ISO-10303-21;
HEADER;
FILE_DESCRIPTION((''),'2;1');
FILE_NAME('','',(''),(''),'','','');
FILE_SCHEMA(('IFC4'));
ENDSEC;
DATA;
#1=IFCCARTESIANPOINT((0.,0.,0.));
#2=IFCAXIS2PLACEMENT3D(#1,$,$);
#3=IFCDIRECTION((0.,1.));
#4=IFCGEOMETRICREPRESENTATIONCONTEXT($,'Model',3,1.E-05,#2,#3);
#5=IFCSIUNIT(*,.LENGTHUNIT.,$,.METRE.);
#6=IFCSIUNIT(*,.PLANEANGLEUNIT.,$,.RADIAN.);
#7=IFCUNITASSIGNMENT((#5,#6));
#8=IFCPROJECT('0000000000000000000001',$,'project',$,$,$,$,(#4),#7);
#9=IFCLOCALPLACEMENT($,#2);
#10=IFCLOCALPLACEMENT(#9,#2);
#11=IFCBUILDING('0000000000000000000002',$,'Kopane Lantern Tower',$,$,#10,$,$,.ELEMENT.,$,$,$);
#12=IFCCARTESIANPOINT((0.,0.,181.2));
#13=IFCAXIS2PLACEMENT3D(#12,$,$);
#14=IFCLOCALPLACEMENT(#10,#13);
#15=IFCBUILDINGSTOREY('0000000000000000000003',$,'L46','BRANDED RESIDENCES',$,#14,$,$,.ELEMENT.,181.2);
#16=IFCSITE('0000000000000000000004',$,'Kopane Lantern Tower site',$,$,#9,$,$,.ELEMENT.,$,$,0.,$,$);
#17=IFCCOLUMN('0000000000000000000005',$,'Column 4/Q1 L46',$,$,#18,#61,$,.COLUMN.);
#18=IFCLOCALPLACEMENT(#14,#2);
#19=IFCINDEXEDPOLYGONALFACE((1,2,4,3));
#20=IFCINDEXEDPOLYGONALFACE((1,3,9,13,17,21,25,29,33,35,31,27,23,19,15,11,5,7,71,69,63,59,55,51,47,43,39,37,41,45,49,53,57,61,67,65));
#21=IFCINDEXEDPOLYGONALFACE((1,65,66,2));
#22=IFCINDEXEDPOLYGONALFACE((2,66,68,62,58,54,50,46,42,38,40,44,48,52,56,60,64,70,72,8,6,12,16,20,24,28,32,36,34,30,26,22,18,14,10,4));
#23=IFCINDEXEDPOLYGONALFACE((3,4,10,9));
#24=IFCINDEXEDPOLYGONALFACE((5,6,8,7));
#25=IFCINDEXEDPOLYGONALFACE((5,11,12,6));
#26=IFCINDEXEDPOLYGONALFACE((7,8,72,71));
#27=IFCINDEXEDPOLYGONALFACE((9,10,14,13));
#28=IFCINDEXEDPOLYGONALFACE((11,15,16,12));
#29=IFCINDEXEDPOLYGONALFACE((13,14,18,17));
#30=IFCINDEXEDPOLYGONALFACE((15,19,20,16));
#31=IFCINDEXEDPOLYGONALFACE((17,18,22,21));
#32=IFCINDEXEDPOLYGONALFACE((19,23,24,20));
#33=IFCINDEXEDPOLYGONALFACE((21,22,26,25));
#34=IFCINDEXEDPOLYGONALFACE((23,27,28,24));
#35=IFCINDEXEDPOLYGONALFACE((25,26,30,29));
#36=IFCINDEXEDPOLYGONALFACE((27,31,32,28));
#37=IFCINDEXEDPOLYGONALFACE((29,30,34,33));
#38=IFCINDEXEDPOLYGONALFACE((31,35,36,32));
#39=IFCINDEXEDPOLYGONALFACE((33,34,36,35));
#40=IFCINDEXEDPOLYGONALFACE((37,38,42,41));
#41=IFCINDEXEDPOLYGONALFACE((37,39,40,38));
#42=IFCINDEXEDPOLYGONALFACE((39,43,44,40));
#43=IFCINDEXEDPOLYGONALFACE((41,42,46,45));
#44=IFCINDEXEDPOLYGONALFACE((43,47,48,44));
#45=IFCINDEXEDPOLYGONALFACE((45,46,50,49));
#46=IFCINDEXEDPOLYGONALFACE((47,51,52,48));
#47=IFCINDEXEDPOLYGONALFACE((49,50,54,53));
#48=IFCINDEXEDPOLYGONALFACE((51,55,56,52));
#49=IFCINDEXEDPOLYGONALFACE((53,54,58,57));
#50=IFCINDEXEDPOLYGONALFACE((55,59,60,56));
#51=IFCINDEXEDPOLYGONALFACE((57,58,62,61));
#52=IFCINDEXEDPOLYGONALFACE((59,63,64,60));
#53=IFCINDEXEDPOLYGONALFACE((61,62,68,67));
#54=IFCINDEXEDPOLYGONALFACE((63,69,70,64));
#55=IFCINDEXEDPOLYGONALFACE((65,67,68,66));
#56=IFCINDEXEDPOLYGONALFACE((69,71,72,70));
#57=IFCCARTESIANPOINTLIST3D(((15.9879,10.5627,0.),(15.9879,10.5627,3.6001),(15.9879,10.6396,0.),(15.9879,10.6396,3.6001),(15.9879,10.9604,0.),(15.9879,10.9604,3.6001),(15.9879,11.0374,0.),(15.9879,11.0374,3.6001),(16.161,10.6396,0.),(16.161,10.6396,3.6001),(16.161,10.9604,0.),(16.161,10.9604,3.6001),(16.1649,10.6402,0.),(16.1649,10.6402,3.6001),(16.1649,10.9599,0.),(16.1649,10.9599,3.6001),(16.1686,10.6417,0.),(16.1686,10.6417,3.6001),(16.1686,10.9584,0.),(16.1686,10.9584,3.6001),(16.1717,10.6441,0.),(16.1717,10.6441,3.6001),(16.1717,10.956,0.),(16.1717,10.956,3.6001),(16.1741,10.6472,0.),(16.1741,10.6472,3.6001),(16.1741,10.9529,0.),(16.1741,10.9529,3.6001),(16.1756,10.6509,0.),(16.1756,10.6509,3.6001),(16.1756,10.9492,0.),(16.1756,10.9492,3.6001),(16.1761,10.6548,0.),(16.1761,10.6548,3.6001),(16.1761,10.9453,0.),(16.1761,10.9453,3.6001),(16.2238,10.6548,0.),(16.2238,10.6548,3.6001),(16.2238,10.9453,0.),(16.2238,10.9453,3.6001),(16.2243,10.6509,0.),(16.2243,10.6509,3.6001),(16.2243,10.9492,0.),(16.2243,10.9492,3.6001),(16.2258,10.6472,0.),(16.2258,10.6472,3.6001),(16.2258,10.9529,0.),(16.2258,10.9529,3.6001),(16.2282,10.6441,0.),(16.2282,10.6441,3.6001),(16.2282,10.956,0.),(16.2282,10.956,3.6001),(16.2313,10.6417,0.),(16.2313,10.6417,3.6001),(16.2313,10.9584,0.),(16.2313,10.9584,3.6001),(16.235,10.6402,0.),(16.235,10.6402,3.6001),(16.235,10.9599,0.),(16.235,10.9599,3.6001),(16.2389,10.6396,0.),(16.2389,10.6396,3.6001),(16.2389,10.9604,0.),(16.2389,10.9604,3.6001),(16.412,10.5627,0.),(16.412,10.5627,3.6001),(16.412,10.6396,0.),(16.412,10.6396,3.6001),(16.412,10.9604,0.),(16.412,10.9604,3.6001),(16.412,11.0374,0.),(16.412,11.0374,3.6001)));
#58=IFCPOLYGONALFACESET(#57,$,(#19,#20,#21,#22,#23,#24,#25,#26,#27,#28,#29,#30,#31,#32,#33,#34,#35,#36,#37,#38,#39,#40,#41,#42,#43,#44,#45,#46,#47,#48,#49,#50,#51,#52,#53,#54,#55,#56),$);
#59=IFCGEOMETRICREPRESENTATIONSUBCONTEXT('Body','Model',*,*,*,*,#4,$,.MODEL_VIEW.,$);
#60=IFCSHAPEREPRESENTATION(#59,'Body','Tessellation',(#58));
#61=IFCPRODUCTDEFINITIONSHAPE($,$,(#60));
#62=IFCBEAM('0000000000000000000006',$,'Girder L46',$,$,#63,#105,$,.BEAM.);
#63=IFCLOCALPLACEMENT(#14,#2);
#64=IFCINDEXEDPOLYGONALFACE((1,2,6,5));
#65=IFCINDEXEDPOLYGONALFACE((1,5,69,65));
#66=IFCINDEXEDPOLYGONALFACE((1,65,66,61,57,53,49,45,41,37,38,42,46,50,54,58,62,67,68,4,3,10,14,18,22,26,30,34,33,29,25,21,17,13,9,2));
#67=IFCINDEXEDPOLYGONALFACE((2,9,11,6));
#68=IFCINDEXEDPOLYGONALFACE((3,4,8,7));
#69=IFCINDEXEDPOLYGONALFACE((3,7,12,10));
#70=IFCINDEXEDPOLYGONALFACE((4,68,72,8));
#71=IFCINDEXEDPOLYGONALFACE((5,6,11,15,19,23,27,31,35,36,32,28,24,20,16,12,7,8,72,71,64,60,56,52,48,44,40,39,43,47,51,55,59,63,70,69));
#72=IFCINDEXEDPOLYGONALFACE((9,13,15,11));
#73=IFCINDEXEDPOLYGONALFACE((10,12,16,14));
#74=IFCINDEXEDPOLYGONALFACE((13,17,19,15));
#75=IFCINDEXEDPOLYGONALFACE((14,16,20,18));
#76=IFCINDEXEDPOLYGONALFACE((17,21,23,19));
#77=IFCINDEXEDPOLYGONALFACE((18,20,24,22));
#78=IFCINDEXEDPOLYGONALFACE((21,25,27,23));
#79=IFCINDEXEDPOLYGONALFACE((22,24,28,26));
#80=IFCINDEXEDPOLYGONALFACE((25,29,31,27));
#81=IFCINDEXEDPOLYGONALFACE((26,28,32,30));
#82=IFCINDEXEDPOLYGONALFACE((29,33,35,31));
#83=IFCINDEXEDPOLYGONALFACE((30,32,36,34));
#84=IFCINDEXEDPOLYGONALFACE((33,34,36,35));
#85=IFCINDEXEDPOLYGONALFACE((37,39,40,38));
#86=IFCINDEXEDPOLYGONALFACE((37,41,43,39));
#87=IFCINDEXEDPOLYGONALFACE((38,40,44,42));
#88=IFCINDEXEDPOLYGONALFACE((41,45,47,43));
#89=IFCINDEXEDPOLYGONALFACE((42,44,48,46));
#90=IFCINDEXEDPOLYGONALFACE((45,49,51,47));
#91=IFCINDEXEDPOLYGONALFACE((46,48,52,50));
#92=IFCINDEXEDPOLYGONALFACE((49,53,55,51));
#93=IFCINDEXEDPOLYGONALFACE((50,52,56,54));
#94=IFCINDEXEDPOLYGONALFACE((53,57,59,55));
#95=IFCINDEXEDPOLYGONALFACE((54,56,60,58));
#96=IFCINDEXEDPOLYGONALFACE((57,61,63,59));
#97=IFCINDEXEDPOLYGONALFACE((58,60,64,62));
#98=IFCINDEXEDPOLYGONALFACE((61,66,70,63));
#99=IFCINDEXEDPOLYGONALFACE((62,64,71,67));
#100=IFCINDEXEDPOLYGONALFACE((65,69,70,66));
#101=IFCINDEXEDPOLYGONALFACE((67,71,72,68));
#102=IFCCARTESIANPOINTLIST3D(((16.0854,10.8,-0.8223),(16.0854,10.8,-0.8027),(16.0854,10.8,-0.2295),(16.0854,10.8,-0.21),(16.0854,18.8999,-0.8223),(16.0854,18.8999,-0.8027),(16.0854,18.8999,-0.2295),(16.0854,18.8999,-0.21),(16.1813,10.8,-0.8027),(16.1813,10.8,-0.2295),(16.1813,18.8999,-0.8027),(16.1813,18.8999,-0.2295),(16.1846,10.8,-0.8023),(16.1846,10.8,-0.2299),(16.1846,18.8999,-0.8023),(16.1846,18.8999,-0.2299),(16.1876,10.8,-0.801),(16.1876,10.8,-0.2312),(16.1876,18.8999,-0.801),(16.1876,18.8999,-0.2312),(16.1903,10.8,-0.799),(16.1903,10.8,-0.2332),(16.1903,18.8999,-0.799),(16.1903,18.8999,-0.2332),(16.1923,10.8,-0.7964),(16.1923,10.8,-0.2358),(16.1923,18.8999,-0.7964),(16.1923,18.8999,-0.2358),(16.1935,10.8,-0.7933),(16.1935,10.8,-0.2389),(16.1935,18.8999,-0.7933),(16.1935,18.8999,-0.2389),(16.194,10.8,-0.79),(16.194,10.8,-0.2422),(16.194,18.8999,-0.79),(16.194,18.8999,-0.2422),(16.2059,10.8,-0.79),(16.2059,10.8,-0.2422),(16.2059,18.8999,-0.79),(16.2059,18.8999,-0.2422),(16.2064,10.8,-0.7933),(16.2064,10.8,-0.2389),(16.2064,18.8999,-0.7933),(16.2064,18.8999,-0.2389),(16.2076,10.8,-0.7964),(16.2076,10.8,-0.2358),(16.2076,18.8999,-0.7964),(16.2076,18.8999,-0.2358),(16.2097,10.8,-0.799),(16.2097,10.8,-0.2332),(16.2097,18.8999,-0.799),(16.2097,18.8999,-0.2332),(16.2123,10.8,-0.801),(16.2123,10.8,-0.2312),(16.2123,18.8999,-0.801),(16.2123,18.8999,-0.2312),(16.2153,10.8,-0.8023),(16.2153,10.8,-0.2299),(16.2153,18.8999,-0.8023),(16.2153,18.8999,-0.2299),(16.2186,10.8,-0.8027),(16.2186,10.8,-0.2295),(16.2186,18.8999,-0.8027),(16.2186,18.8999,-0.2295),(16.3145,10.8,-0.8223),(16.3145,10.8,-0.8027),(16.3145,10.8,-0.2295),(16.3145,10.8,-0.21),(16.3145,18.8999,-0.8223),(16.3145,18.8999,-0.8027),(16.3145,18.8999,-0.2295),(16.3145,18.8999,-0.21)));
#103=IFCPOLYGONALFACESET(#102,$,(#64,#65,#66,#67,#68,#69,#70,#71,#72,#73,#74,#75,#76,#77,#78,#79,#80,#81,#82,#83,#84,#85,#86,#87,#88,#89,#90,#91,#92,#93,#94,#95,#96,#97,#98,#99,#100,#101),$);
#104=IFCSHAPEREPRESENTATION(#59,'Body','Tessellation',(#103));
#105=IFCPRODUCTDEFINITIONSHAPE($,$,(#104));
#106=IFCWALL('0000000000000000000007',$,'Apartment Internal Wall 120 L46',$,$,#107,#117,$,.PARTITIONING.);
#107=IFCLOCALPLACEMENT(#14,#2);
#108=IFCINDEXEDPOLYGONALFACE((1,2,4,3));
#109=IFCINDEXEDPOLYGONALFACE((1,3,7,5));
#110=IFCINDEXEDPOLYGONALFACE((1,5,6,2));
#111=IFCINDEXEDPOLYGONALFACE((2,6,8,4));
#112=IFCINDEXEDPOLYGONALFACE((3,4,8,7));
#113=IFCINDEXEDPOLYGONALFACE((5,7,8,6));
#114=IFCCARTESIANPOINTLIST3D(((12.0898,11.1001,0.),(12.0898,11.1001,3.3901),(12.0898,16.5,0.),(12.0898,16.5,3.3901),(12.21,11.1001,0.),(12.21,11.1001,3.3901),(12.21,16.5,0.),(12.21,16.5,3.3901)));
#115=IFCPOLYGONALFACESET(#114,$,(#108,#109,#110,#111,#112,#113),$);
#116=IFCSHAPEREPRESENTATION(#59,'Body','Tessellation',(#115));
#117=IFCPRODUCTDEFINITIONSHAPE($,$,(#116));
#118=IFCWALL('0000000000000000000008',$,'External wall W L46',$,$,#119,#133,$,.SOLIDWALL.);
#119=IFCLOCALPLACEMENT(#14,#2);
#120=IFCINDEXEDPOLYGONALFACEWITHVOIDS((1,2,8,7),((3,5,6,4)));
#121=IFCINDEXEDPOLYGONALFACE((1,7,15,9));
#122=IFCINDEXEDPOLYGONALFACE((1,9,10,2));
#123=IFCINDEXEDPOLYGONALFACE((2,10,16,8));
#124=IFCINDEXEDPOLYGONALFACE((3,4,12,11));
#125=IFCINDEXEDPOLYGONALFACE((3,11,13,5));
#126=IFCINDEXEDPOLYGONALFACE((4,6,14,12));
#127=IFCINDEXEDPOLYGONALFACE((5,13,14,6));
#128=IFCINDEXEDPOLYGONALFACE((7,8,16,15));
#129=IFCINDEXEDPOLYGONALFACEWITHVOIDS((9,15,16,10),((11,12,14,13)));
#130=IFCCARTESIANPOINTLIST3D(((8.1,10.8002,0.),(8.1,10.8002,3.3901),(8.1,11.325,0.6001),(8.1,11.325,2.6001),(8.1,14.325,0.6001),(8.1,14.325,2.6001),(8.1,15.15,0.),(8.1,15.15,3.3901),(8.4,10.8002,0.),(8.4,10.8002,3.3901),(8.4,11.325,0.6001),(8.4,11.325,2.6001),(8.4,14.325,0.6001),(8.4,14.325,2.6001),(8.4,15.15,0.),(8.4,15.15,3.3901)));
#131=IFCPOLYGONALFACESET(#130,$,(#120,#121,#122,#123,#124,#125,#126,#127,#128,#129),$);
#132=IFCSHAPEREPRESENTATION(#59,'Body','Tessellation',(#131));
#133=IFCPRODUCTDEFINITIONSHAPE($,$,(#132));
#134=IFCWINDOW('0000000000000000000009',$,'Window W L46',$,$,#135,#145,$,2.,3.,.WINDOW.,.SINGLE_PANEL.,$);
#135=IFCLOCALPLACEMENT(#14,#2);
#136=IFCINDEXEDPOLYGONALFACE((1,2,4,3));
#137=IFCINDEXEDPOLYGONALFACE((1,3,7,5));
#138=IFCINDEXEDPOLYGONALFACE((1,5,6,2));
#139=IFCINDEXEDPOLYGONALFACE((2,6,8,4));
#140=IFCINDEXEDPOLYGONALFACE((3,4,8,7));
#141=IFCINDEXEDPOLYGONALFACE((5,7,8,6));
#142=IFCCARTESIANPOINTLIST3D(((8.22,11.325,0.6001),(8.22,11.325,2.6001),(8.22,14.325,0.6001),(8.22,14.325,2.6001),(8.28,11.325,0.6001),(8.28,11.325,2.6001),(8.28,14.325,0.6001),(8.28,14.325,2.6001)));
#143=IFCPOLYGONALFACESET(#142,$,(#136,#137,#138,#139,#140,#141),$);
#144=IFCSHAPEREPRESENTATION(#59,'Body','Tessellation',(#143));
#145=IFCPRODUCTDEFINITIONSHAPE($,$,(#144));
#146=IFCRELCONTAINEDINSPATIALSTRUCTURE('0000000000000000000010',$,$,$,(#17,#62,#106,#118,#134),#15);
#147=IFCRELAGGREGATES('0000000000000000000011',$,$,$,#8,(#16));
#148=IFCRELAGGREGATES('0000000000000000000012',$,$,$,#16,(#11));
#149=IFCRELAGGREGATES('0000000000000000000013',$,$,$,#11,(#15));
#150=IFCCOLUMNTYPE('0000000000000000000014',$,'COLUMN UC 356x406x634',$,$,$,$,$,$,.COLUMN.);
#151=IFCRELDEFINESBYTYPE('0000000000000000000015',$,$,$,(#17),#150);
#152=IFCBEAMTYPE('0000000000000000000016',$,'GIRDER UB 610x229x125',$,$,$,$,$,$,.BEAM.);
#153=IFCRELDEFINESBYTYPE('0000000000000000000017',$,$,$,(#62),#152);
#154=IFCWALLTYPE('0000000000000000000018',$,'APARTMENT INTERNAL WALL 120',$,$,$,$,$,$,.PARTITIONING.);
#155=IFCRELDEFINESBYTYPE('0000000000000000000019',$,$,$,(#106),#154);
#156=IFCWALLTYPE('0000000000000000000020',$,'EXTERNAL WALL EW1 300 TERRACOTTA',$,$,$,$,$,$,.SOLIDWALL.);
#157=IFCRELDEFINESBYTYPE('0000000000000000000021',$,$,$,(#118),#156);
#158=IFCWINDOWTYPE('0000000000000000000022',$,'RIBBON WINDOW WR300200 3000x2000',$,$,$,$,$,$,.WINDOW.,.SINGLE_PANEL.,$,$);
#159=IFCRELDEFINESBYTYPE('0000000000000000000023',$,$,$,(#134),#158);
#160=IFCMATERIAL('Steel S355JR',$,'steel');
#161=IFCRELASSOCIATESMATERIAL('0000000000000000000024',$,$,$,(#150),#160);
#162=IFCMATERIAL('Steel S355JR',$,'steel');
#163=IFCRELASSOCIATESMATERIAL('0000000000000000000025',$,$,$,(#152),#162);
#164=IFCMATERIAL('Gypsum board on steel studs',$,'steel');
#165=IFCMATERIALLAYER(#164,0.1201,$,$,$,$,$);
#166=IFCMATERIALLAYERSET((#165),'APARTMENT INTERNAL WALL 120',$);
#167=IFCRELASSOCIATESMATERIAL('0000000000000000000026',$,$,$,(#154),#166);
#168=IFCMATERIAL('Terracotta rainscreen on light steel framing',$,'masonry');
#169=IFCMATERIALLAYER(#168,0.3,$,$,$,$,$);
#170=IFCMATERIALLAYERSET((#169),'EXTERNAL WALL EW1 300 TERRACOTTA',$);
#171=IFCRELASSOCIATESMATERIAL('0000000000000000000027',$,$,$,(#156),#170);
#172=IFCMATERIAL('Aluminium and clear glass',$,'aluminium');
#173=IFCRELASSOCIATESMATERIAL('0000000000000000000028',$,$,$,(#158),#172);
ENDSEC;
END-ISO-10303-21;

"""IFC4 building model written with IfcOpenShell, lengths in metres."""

from ifc_helpers import new_model, si_unit, direction, frame, frame_2d, origin, origin_2d, place, context, subcontext, project, spatial, rectangle, i_section, extrude, material, layer, layer_set, material_profile, profile_set, type_object, element, fill, save


model = new_model("IFC4")

# Units and contexts
model_context = context("Model", 3, precision=1e-05, world=origin(), true_north=direction((0.0, 1.0)))
body_context = subcontext(model_context, "Body", "Model", "MODEL_VIEW")
ifc_project = project(units=[si_unit("LENGTHUNIT", "METRE"), si_unit("PLANEANGLEUNIT", "RADIAN")], contexts=[model_context])

# Site, building, storey
site_placement = place(None, origin())
site = spatial("IfcSite", under=ifc_project, at=site_placement, Name="Kopane Lantern Tower site", CompositionType="ELEMENT", RefElevation=0.0)
building_placement = place(site_placement, origin())
building = spatial("IfcBuilding", under=site, at=building_placement, Name="Kopane Lantern Tower", CompositionType="ELEMENT")
storey_placement = place(building_placement, frame((0.0, 0.0, 181.2)))
storey = spatial("IfcBuildingStorey", under=building, at=storey_placement, Name="L46", Description="BRANDED RESIDENCES", CompositionType="ELEMENT", Elevation=181.2)

# Column
ifc_material_1 = material(Name="Steel S355JR", Category="steel")
ifc_material_profile_1 = material_profile(ifc_material_1, i_section(OverallWidth=0.4241, OverallDepth=0.4746, WebThickness=0.0476, FlangeThickness=0.0769, FilletRadius=0.0151, at=origin_2d()), Name="UC 356x406x634")
ifc_profile_set_1 = profile_set([ifc_material_profile_1], Name="Steel S355JR")
column_type = type_object("IfcColumnType", Name="COLUMN UC 356x406x634", PredefinedType="COLUMN", material=ifc_profile_set_1)
column_placement = place(storey_placement, frame((16.2, 10.8, 0.0), z_axis=(0.0, 0.0, 1.0), x_axis=(1.0, 0.0, 0.0)))
element("IfcColumn", 1, at=column_placement, inside=storey, type_object=column_type, Name="Column 4/Q1 L46", PredefinedType="COLUMN", context=body_context, shape_type="SweptSolid", body=[
    extrude(i_section(OverallWidth=0.4241, OverallDepth=0.4746, WebThickness=0.0476, FlangeThickness=0.0769, FilletRadius=0.0151, at=origin_2d()), origin(), (0.0, 0.0, 1.0), 3.6001),
])

# Beam
ifc_material_2 = material(Name="Steel S355JR", Category="steel")
ifc_material_profile_2 = material_profile(ifc_material_2, i_section(OverallWidth=0.229, OverallDepth=0.6123, WebThickness=0.012, FlangeThickness=0.0195, FilletRadius=0.0127, at=origin_2d()), Name="UB 610x229x125")
ifc_profile_set_2 = profile_set([ifc_material_profile_2], Name="Steel S355JR")
beam_type = type_object("IfcBeamType", Name="GIRDER UB 610x229x125", PredefinedType="BEAM", material=ifc_profile_set_2)
beam_placement = place(storey_placement, frame((16.2, 10.8, -0.5161), z_axis=(0.0, 1.0, 0.0), x_axis=(-1.0, 0.0, 0.0)))
element("IfcBeam", 2, at=beam_placement, inside=storey, type_object=beam_type, Name="Girder L46", PredefinedType="BEAM", context=body_context, shape_type="SweptSolid", body=[
    extrude(i_section(OverallWidth=0.229, OverallDepth=0.6123, WebThickness=0.012, FlangeThickness=0.0195, FilletRadius=0.0127, at=origin_2d()), origin(), (0.0, 0.0, 1.0), 8.0999),
])

# Wall
ifc_material_3 = material(Name="Gypsum board on steel studs", Category="steel")
ifc_layer_1 = layer(ifc_material_3, 0.1201)
ifc_layer_set_1 = layer_set([ifc_layer_1], Name="APARTMENT INTERNAL WALL 120")
wall_type_1 = type_object("IfcWallType", Name="APARTMENT INTERNAL WALL 120", PredefinedType="PARTITIONING", material=ifc_layer_set_1)
wall_1_placement = place(storey_placement, frame((12.1499, 16.5, 0.0), z_axis=(0.0, 0.0, 1.0), x_axis=(0.0, -1.0, 0.0)))
element("IfcWall", 3, at=wall_1_placement, inside=storey, type_object=wall_type_1, Name="Apartment Internal Wall 120 L46", PredefinedType="PARTITIONING", context=body_context, shape_type="SweptSolid", body=[
    extrude(rectangle(XDim=5.3999, YDim=0.1201, at=frame_2d((2.7, 0.0))), origin(), (0.0, 0.0, 1.0), 3.3901),
])

# Shared definitions
ifc_material_4 = material(Name="Terracotta rainscreen on light steel framing", Category="masonry")
ifc_layer_2 = layer(ifc_material_4, 0.3)
ifc_layer_set_2 = layer_set([ifc_layer_2], Name="EXTERNAL WALL EW1 300 TERRACOTTA")
wall_type_2 = type_object("IfcWallType", Name="EXTERNAL WALL EW1 300 TERRACOTTA", PredefinedType="SOLIDWALL", material=ifc_layer_set_2)

# Wall, opening, window
wall_2_placement = place(storey_placement, frame((8.25, 15.1499, 0.0), z_axis=(0.0, 0.0, 1.0), x_axis=(0.0, -1.0, 0.0)))
wall_2 = element("IfcWall", 4, at=wall_2_placement, inside=storey, type_object=wall_type_2, Name="External wall W L46", PredefinedType="SOLIDWALL", context=body_context, shape_type="SweptSolid", body=[
    extrude(rectangle(XDim=4.3499, YDim=0.3, at=frame_2d((2.1748, 0.0))), origin(), (0.0, 0.0, 1.0), 3.3901),
])
opening_1_placement = place(wall_2_placement, frame((0.825, 0.0, 0.6001)))
opening_1 = element("IfcOpeningElement", 5, at=opening_1_placement, cuts=wall_2, PredefinedType="OPENING", context=body_context, shape_type="SweptSolid", body=[
    extrude(rectangle(XDim=3.0, YDim=2.0, at=frame_2d((1.5, 1.0))), frame((0.0, 0.1599, 0.0), z_axis=(0.0, -1.0, 0.0), x_axis=(1.0, 0.0, 0.0)), (0.0, 0.0, 1.0), 0.3201),
])
ifc_material_5 = material(Name="Aluminium and clear glass", Category="aluminium")
window_type_1 = type_object("IfcWindowType", Name="RIBBON WINDOW WR300200 3000x2000", PartitioningType="SINGLE_PANEL", PredefinedType="WINDOW", material=ifc_material_5)
window_1_placement = place(opening_1_placement, origin())
window_1 = element("IfcWindow", 6, at=window_1_placement, inside=storey, type_object=window_type_1, Name="Window W L46", OverallHeight=2.0, OverallWidth=3.0, PartitioningType="SINGLE_PANEL", PredefinedType="WINDOW", context=body_context, shape_type="SweptSolid", body=[
    extrude(rectangle(XDim=3.0, YDim=2.0, at=frame_2d((1.5, 1.0))), frame((0.0, 0.03, 0.0), z_axis=(0.0, -1.0, 0.0), x_axis=(1.0, 0.0, 0.0)), (0.0, 0.0, 1.0), 0.0601),
])
fill(opening_1, window_1)

save(model, "model.ifc")
